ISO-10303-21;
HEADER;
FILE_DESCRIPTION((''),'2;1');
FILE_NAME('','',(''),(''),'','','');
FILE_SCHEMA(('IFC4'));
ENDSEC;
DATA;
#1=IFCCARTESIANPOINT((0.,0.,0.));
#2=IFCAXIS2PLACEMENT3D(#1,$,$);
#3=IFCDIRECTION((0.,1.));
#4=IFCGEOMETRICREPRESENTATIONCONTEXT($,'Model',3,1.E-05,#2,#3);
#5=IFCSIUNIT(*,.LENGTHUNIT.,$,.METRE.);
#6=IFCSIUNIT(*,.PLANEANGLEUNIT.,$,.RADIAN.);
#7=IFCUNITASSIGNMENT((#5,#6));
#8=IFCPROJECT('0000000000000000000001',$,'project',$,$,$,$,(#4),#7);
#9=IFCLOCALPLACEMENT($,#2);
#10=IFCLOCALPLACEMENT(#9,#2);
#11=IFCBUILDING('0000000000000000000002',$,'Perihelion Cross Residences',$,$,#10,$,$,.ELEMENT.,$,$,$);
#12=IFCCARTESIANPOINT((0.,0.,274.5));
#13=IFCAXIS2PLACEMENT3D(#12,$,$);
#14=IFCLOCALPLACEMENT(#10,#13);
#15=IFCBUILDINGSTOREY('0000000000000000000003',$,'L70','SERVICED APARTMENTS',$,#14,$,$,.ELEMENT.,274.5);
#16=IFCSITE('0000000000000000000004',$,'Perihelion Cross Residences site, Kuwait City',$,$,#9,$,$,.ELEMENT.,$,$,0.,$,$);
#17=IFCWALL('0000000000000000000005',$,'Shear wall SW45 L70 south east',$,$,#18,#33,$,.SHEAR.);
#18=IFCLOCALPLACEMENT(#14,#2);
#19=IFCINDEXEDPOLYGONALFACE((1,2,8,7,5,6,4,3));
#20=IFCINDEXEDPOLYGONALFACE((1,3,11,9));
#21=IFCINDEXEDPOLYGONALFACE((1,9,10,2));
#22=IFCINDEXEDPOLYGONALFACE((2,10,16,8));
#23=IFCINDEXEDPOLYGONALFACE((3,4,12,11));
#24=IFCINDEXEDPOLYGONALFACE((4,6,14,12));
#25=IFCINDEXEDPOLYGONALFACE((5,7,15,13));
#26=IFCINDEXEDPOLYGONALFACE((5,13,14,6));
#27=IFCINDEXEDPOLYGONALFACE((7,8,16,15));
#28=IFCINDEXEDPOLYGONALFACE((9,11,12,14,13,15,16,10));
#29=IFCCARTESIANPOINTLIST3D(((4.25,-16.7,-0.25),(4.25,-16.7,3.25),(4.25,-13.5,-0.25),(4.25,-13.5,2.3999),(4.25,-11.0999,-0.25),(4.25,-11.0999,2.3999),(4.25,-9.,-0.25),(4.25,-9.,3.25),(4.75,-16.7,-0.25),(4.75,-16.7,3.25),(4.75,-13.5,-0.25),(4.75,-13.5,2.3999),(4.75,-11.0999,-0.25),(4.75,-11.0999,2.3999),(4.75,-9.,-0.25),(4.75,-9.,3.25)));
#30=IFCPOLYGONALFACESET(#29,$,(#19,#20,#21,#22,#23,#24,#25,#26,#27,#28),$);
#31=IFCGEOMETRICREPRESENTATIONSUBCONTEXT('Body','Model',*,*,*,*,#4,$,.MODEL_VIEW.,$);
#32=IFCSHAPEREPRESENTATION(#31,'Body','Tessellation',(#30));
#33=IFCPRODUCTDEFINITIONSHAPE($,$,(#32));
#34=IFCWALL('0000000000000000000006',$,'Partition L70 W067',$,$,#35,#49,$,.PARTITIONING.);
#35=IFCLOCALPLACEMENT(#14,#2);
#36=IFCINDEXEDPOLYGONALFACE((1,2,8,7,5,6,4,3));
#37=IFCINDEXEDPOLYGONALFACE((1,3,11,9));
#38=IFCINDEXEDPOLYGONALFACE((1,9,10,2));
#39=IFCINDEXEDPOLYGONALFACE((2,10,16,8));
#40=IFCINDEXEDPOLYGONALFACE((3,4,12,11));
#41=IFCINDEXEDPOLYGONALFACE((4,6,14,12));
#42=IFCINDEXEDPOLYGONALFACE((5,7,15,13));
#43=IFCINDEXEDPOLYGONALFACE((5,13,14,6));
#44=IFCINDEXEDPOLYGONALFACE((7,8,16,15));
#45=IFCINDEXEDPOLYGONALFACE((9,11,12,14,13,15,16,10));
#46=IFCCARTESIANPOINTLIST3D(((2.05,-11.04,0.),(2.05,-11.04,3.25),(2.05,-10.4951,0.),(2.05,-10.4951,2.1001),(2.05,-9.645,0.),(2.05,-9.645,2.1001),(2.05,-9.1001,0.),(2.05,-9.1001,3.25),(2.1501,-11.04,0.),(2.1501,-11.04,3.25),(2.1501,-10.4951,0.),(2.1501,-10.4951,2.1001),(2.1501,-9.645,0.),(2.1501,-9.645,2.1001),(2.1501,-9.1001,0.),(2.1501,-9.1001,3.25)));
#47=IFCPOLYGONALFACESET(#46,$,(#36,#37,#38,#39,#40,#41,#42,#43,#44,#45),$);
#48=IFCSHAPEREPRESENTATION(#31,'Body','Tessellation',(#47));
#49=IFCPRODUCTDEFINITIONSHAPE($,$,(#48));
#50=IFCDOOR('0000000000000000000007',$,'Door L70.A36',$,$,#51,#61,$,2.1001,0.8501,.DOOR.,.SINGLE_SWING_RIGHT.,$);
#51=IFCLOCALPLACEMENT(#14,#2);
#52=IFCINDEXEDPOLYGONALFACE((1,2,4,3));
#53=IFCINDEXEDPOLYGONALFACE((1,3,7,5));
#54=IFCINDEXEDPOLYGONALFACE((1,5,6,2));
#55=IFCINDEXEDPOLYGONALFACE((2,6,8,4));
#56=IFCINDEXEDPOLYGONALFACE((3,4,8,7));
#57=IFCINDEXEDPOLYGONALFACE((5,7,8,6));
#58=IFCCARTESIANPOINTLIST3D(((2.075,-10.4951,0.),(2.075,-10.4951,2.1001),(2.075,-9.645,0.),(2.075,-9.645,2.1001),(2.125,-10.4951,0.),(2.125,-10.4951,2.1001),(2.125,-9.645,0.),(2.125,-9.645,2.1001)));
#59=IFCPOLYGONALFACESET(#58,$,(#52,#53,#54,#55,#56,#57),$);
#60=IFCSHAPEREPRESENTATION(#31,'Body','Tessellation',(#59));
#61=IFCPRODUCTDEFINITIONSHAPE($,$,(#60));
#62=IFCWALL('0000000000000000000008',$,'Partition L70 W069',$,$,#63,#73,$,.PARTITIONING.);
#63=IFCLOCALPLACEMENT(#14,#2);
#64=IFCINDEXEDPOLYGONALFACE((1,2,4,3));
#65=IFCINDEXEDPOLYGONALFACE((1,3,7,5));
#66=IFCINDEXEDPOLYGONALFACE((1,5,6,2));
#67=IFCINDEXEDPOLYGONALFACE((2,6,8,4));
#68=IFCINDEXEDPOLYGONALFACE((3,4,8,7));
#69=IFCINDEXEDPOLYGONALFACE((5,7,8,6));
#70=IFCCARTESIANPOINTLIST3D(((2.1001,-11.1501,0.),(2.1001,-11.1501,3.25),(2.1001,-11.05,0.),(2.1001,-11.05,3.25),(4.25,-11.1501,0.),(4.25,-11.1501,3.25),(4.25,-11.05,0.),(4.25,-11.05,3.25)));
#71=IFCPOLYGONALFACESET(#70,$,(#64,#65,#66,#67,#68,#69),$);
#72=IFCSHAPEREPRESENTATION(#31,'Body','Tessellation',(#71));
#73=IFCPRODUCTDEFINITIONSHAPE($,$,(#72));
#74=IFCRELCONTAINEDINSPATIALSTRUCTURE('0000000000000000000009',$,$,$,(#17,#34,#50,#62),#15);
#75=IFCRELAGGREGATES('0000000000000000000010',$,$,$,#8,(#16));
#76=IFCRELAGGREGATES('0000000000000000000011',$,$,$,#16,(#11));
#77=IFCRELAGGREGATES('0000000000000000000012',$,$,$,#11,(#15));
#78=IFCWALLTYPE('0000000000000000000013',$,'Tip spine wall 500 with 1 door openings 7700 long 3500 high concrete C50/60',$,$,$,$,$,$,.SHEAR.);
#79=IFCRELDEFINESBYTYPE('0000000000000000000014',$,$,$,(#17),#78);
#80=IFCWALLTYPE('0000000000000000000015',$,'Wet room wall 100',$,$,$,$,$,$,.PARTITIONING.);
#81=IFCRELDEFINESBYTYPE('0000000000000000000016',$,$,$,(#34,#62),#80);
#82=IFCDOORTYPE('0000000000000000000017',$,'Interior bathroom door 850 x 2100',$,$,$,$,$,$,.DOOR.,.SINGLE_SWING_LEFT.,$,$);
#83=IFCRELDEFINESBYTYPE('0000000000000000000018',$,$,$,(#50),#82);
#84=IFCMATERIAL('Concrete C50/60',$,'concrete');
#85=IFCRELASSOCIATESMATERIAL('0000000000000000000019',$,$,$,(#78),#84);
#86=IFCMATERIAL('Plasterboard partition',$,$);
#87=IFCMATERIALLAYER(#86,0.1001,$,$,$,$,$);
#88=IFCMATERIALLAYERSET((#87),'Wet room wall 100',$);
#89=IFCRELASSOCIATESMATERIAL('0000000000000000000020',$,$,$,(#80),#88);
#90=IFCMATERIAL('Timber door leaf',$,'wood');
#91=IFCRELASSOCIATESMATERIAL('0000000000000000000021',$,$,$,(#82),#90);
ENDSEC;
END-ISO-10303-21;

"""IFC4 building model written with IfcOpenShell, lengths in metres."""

from ifc_helpers import new_model, si_unit, direction, frame, frame_2d, origin, place, context, subcontext, project, spatial, polyline, rectangle, outline, extrude, material, layer, layer_set, material_profile, profile_set, type_object, element, fill, save


model = new_model("IFC4")

# Units and contexts
model_context = context("Model", 3, precision=1e-05, world=origin(), true_north=direction((0.0, 1.0)))
body_context = subcontext(model_context, "Body", "Model", "MODEL_VIEW")
ifc_project = project(units=[si_unit("LENGTHUNIT", "METRE"), si_unit("PLANEANGLEUNIT", "RADIAN")], contexts=[model_context])

# Site, building, storey
site_placement = place(None, origin())
site = spatial("IfcSite", under=ifc_project, at=site_placement, Name="Perihelion Cross Residences site, Kuwait City", CompositionType="ELEMENT", RefElevation=0.0)
building_placement = place(site_placement, origin())
building = spatial("IfcBuilding", under=site, at=building_placement, Name="Perihelion Cross Residences", CompositionType="ELEMENT")
storey_placement = place(building_placement, frame((0.0, 0.0, 274.5)))
storey = spatial("IfcBuildingStorey", under=building, at=storey_placement, Name="L70", Description="SERVICED APARTMENTS", CompositionType="ELEMENT", Elevation=274.5)

# Wall
ifc_material_1 = material(Name="Concrete C50/60", Category="concrete")
ifc_material_profile_1 = material_profile(ifc_material_1, outline(polyline([(0.0, 0.0), (3.2, 0.0), (3.2, 2.6499), (5.6001, 2.6499), (5.6001, 0.0), (7.7, 0.0), (7.7, 3.5), (0.0, 3.5), (0.0, 0.0)])), Name="Tip spine wall")
ifc_profile_set_1 = profile_set([ifc_material_profile_1], Name="Concrete C50/60")
wall_type_1 = type_object("IfcWallType", Name="Tip spine wall 500 with 1 door openings 7700 long 3500 high concrete C50/60", PredefinedType="SHEAR", material=ifc_profile_set_1)
wall_1_placement = place(storey_placement, frame((4.25, -16.7, -0.25), z_axis=(1.0, 0.0, 0.0), x_axis=(0.0, 1.0, 0.0)))
element("IfcWall", 1, at=wall_1_placement, inside=storey, type_object=wall_type_1, Name="Shear wall SW45 L70 south east", PredefinedType="SHEAR", context=body_context, shape_type="SweptSolid", body=[
    extrude(outline(polyline([(0.0, 0.0), (3.2, 0.0), (3.2, 2.6499), (5.6001, 2.6499), (5.6001, 0.0), (7.7, 0.0), (7.7, 3.5), (0.0, 3.5), (0.0, 0.0)])), origin(), (0.0, 0.0, 1.0), 0.5),
])

# Wall, opening, door
ifc_material_2 = material(Name="Plasterboard partition")
ifc_layer_1 = layer(ifc_material_2, 0.1001)
ifc_layer_set_1 = layer_set([ifc_layer_1], Name="Wet room wall 100")
wall_type_2 = type_object("IfcWallType", Name="Wet room wall 100", PredefinedType="PARTITIONING", material=ifc_layer_set_1)
wall_2_placement = place(storey_placement, frame((2.1001, -9.1001, 0.0), z_axis=(0.0, 0.0, 1.0), x_axis=(0.0, -1.0, 0.0)))
wall_2 = element("IfcWall", 2, at=wall_2_placement, inside=storey, type_object=wall_type_2, Name="Partition L70 W067", PredefinedType="PARTITIONING", context=body_context, shape_type="SweptSolid", body=[
    extrude(rectangle(XDim=1.9399, YDim=0.1001, at=frame_2d((0.97, 0.0))), origin(), (0.0, 0.0, 1.0), 3.25),
])
opening_1_placement = place(wall_2_placement, frame((0.5449, 0.0, 0.0)))
opening_1 = element("IfcOpeningElement", 3, at=opening_1_placement, cuts=wall_2, PredefinedType="OPENING", context=body_context, shape_type="SweptSolid", body=[
    extrude(rectangle(XDim=0.8501, YDim=2.1001, at=frame_2d((0.425, 1.05))), frame((0.0, 0.0601, 0.0), z_axis=(0.0, -1.0, 0.0), x_axis=(1.0, 0.0, 0.0)), (0.0, 0.0, 1.0), 0.1201),
])
ifc_material_3 = material(Name="Timber door leaf", Category="wood")
door_type_1 = type_object("IfcDoorType", Name="Interior bathroom door 850 x 2100", OperationType="SINGLE_SWING_LEFT", PredefinedType="DOOR", material=ifc_material_3)
door_1_placement = place(opening_1_placement, origin())
door_1 = element("IfcDoor", 4, at=door_1_placement, inside=storey, type_object=door_type_1, Name="Door L70.A36", OperationType="SINGLE_SWING_RIGHT", OverallHeight=2.1001, OverallWidth=0.8501, PredefinedType="DOOR", context=body_context, shape_type="SweptSolid", body=[
    extrude(rectangle(XDim=0.8501, YDim=2.1001, at=frame_2d((0.425, 1.05))), frame((0.0, 0.0249, 0.0), z_axis=(0.0, -1.0, 0.0), x_axis=(1.0, 0.0, 0.0)), (0.0, 0.0, 1.0), 0.05),
])
fill(opening_1, door_1)

# Wall
wall_3_placement = place(storey_placement, frame((4.25, -11.1001, 0.0), z_axis=(0.0, 0.0, 1.0), x_axis=(-1.0, 0.0, 0.0)))
element("IfcWall", 5, at=wall_3_placement, inside=storey, type_object=wall_type_2, Name="Partition L70 W069", PredefinedType="PARTITIONING", context=body_context, shape_type="SweptSolid", body=[
    extrude(rectangle(XDim=2.1499, YDim=0.1001, at=frame_2d((1.075, 0.0))), origin(), (0.0, 0.0, 1.0), 3.25),
])

save(model, "model.ifc")
